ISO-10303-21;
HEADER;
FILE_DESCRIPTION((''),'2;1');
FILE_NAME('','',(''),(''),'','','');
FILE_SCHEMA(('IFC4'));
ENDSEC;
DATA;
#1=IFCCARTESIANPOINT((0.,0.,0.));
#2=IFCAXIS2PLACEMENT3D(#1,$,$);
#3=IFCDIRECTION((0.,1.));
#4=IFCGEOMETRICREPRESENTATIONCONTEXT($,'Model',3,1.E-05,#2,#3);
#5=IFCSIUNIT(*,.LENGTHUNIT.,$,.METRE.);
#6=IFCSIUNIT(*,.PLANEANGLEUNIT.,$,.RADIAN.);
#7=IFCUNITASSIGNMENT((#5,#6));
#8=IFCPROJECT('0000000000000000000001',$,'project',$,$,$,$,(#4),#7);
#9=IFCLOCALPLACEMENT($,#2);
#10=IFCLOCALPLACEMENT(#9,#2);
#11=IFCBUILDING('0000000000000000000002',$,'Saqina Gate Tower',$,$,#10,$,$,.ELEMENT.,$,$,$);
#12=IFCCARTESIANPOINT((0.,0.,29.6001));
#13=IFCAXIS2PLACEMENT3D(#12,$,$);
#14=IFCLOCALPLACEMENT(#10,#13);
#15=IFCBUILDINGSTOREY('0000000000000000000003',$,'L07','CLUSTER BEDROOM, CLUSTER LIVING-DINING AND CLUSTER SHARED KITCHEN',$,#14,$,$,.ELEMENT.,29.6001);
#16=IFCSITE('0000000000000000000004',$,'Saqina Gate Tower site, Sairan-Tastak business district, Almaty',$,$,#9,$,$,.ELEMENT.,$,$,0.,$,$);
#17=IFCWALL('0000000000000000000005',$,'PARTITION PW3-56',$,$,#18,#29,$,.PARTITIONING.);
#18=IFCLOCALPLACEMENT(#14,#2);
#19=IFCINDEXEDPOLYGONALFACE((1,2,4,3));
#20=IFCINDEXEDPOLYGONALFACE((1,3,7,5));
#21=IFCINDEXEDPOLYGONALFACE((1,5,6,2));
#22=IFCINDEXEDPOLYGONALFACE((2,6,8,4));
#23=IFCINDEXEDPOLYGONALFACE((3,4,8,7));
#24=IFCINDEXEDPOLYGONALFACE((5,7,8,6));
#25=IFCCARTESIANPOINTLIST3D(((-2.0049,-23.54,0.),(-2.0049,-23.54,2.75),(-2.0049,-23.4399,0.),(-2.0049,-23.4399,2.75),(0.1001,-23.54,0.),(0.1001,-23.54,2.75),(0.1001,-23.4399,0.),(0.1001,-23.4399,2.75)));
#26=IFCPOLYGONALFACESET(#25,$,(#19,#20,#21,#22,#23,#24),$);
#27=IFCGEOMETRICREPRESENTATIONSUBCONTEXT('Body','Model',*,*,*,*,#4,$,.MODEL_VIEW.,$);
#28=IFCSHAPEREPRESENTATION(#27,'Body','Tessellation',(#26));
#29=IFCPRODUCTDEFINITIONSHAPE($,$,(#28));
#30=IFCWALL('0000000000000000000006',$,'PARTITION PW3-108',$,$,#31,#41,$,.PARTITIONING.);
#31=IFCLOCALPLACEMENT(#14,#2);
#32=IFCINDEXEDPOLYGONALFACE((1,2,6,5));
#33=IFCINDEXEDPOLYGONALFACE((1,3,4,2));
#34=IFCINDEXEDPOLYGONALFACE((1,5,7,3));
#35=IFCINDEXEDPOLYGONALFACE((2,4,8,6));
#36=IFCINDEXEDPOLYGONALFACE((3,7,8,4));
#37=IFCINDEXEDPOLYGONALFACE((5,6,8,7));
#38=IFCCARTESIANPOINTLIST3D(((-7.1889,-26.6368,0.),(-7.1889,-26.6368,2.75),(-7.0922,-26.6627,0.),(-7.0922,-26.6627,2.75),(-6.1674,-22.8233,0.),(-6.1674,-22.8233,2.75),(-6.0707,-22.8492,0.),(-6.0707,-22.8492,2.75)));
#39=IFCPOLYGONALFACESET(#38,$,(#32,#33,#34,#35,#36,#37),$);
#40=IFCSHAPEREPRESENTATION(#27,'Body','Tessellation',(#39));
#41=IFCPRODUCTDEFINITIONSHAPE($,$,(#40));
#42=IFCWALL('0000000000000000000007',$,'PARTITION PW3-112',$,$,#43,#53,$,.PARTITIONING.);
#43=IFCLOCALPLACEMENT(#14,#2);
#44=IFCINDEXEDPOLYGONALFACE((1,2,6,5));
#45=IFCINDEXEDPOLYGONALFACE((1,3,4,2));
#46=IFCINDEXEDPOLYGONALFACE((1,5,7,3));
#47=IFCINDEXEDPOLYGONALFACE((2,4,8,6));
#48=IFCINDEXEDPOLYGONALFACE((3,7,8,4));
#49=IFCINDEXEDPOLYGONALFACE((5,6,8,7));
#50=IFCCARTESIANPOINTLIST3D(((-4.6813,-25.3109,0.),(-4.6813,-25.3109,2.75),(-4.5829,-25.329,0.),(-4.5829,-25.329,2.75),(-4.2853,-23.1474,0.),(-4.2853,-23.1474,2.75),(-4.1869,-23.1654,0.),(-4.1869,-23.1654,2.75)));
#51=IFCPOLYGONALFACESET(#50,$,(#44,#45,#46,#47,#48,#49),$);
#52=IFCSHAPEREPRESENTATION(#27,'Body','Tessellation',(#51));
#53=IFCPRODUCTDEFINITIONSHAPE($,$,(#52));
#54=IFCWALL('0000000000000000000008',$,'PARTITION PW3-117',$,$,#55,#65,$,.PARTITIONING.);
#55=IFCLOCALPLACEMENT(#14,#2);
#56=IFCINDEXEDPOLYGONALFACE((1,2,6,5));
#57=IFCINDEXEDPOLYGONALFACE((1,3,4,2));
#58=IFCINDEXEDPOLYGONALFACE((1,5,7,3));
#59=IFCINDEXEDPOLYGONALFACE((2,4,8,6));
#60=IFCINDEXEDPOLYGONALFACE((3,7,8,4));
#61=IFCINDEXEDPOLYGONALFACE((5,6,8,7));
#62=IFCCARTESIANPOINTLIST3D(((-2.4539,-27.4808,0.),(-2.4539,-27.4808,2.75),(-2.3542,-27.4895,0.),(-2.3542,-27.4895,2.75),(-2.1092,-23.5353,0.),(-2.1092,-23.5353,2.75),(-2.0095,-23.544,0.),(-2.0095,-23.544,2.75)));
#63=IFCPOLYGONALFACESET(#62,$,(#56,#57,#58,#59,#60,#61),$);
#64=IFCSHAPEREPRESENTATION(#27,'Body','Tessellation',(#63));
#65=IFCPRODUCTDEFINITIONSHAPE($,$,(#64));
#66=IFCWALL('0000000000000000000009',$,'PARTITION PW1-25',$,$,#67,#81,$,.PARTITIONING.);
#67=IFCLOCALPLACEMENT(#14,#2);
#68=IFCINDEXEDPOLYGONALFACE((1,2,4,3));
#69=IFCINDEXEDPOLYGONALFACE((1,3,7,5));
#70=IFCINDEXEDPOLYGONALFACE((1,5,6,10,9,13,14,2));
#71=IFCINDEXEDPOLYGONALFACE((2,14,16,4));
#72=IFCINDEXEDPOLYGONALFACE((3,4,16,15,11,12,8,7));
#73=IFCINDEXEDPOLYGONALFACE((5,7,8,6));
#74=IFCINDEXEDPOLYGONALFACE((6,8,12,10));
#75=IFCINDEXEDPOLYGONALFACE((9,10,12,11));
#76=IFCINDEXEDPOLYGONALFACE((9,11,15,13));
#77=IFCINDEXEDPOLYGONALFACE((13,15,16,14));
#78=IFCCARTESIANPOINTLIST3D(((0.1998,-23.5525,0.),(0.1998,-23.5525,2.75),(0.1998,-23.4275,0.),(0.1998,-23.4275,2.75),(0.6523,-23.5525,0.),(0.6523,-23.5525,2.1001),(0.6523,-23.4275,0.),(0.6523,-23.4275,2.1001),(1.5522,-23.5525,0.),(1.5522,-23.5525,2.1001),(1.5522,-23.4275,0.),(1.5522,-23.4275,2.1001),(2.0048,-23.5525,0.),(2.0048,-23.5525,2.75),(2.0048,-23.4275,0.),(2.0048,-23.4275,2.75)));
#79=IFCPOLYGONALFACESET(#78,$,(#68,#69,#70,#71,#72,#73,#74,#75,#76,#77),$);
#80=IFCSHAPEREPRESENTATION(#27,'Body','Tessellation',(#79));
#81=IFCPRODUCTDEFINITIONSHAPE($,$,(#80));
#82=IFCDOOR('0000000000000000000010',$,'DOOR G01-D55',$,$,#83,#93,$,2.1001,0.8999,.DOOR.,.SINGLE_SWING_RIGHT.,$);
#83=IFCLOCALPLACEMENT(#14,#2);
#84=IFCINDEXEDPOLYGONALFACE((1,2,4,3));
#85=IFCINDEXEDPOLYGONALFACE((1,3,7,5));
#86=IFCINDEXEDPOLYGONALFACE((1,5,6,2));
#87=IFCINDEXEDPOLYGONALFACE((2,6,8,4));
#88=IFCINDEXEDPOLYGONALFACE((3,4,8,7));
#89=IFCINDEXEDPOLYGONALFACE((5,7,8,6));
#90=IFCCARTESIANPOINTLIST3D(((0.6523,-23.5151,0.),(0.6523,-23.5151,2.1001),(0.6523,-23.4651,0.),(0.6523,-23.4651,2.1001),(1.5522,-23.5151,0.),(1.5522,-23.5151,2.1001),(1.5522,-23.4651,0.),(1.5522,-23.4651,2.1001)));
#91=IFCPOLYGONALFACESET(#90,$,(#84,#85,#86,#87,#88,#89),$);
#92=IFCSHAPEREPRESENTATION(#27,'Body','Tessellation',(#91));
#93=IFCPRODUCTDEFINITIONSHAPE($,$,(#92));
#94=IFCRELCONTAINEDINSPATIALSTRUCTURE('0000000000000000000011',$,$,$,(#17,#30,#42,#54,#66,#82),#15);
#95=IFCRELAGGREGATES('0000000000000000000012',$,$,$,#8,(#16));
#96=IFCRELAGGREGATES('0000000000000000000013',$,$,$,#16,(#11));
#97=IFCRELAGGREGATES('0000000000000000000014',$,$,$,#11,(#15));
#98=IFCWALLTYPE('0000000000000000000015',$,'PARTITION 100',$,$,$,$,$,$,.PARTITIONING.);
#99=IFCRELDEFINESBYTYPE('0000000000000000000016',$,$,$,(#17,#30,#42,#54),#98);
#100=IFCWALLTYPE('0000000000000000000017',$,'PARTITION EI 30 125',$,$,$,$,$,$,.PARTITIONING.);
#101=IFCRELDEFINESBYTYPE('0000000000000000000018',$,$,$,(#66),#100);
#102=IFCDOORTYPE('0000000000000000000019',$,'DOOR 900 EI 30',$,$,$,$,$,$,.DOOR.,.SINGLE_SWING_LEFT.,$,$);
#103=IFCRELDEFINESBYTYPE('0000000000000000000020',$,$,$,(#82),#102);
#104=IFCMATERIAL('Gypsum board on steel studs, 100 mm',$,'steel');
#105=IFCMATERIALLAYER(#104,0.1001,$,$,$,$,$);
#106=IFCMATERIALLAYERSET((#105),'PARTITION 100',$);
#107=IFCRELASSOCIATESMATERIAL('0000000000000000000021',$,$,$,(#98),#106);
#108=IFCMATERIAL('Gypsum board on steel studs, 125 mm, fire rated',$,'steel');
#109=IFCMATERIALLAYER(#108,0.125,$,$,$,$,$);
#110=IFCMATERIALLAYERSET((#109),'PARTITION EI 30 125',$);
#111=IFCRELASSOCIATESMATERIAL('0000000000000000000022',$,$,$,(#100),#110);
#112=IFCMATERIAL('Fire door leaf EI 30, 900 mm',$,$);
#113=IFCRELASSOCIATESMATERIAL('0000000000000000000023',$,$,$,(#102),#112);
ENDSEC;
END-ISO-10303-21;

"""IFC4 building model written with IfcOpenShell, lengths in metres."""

from ifc_helpers import new_model, si_unit, direction, frame, frame_2d, origin, place, context, subcontext, project, spatial, rectangle, extrude, material, layer, layer_set, type_object, element, fill, save


model = new_model("IFC4")

# Units and contexts
model_context = context("Model", 3, precision=1e-05, world=origin(), true_north=direction((0.0, 1.0)))
body_context = subcontext(model_context, "Body", "Model", "MODEL_VIEW")
ifc_project = project(units=[si_unit("LENGTHUNIT", "METRE"), si_unit("PLANEANGLEUNIT", "RADIAN")], contexts=[model_context])

# Site, building, storey
site_placement = place(None, origin())
site = spatial("IfcSite", under=ifc_project, at=site_placement, Name="Saqina Gate Tower site, Sairan-Tastak business district, Almaty", CompositionType="ELEMENT", RefElevation=0.0)
building_placement = place(site_placement, origin())
building = spatial("IfcBuilding", under=site, at=building_placement, Name="Saqina Gate Tower", CompositionType="ELEMENT")
storey_placement = place(building_placement, frame((0.0, 0.0, 29.6001)))
storey = spatial("IfcBuildingStorey", under=building, at=storey_placement, Name="L07", Description="CLUSTER BEDROOM, CLUSTER LIVING-DINING AND CLUSTER SHARED KITCHEN", CompositionType="ELEMENT", Elevation=29.6001)

# Shared definitions
ifc_material_1 = material(Name="Gypsum board on steel studs, 100 mm", Category="steel")
ifc_layer_1 = layer(ifc_material_1, 0.1001)
ifc_layer_set_1 = layer_set([ifc_layer_1], Name="PARTITION 100")
wall_type_1 = type_object("IfcWallType", Name="PARTITION 100", PredefinedType="PARTITIONING", material=ifc_layer_set_1)

# Walls
wall_1_placement = place(storey_placement, frame((-2.0049, -23.49, 0.0), z_axis=(0.0, 0.0, 1.0), x_axis=(1.0, 0.0, 0.0)))
element("IfcWall", 1, at=wall_1_placement, inside=storey, type_object=wall_type_1, Name="PARTITION PW3-56", PredefinedType="PARTITIONING", context=body_context, shape_type="SweptSolid", body=[
    extrude(rectangle(XDim=2.105, YDim=0.1001, at=frame_2d((1.0525, 0.0))), origin(), (0.0, 0.0, 1.0), 2.75),
])
wall_2_placement = place(storey_placement, frame((-7.1406, -26.6499, 0.0), z_axis=(0.0, 0.0, 1.0), x_axis=(0.25874, 0.965947, 0.0)))
element("IfcWall", 2, at=wall_2_placement, inside=storey, type_object=wall_type_1, Name="PARTITION PW3-108", PredefinedType="PARTITIONING", context=body_context, shape_type="SweptSolid", body=[
    extrude(rectangle(XDim=3.948, YDim=0.1001, at=frame_2d((1.9741, 0.0))), origin(), (0.0, 0.0, 1.0), 2.75),
])
wall_3_placement = place(storey_placement, frame((-4.6321, -25.3198, 0.0), z_axis=(0.0, 0.0, 1.0), x_axis=(0.180038, 0.98366, 0.0)))
element("IfcWall", 3, at=wall_3_placement, inside=storey, type_object=wall_type_1, Name="PARTITION PW3-112", PredefinedType="PARTITIONING", context=body_context, shape_type="SweptSolid", body=[
    extrude(rectangle(XDim=2.1995, YDim=0.1001, at=frame_2d((1.0996, 0.0))), origin(), (0.0, 0.0, 1.0), 2.75),
])
wall_4_placement = place(storey_placement, frame((-2.4041, -27.4851, 0.0), z_axis=(0.0, 0.0, 1.0), x_axis=(0.087045, 0.996204, 0.0)))
element("IfcWall", 4, at=wall_4_placement, inside=storey, type_object=wall_type_1, Name="PARTITION PW3-117", PredefinedType="PARTITIONING", context=body_context, shape_type="SweptSolid", body=[
    extrude(rectangle(XDim=3.9604, YDim=0.1001, at=frame_2d((1.9802, 0.0))), origin(), (0.0, 0.0, 1.0), 2.75),
])

# Wall, opening, door
ifc_material_2 = material(Name="Gypsum board on steel studs, 125 mm, fire rated", Category="steel")
ifc_layer_2 = layer(ifc_material_2, 0.125)
ifc_layer_set_2 = layer_set([ifc_layer_2], Name="PARTITION EI 30 125")
wall_type_2 = type_object("IfcWallType", Name="PARTITION EI 30 125", PredefinedType="PARTITIONING", material=ifc_layer_set_2)
wall_5_placement = place(storey_placement, frame((0.2, -23.49, 0.0), z_axis=(0.0, 0.0, 1.0), x_axis=(1.0, 0.0, 0.0)))
wall_5 = element("IfcWall", 5, at=wall_5_placement, inside=storey, type_object=wall_type_2, Name="PARTITION PW1-25", PredefinedType="PARTITIONING", context=body_context, shape_type="SweptSolid", body=[
    extrude(rectangle(XDim=1.8049, YDim=0.125, at=frame_2d((0.9023, 0.0))), origin(), (0.0, 0.0, 1.0), 2.75),
])
opening_1_placement = place(wall_5_placement, frame((0.4524, 0.0, 0.0)))
opening_1 = element("IfcOpeningElement", 6, at=opening_1_placement, cuts=wall_5, PredefinedType="OPENING", context=body_context, shape_type="SweptSolid", body=[
    extrude(rectangle(XDim=0.8999, YDim=2.1001, at=frame_2d((0.45, 1.05))), frame((0.0, 0.0745, 0.0), z_axis=(0.0, -1.0, 0.0), x_axis=(1.0, 0.0, 0.0)), (0.0, 0.0, 1.0), 0.1489),
])
ifc_material_3 = material(Name="Fire door leaf EI 30, 900 mm")
door_type_1 = type_object("IfcDoorType", Name="DOOR 900 EI 30", OperationType="SINGLE_SWING_LEFT", PredefinedType="DOOR", material=ifc_material_3)
door_1_placement = place(opening_1_placement, origin())
door_1 = element("IfcDoor", 7, at=door_1_placement, inside=storey, type_object=door_type_1, Name="DOOR G01-D55", OperationType="SINGLE_SWING_RIGHT", OverallHeight=2.1001, OverallWidth=0.8999, PredefinedType="DOOR", context=body_context, shape_type="SweptSolid", body=[
    extrude(rectangle(XDim=0.8999, YDim=2.1001, at=frame_2d((0.45, 1.05))), frame((0.0, 0.0249, 0.0), z_axis=(0.0, -1.0, 0.0), x_axis=(1.0, 0.0, 0.0)), (0.0, 0.0, 1.0), 0.05),
])
fill(opening_1, door_1)

save(model, "model.ifc")
